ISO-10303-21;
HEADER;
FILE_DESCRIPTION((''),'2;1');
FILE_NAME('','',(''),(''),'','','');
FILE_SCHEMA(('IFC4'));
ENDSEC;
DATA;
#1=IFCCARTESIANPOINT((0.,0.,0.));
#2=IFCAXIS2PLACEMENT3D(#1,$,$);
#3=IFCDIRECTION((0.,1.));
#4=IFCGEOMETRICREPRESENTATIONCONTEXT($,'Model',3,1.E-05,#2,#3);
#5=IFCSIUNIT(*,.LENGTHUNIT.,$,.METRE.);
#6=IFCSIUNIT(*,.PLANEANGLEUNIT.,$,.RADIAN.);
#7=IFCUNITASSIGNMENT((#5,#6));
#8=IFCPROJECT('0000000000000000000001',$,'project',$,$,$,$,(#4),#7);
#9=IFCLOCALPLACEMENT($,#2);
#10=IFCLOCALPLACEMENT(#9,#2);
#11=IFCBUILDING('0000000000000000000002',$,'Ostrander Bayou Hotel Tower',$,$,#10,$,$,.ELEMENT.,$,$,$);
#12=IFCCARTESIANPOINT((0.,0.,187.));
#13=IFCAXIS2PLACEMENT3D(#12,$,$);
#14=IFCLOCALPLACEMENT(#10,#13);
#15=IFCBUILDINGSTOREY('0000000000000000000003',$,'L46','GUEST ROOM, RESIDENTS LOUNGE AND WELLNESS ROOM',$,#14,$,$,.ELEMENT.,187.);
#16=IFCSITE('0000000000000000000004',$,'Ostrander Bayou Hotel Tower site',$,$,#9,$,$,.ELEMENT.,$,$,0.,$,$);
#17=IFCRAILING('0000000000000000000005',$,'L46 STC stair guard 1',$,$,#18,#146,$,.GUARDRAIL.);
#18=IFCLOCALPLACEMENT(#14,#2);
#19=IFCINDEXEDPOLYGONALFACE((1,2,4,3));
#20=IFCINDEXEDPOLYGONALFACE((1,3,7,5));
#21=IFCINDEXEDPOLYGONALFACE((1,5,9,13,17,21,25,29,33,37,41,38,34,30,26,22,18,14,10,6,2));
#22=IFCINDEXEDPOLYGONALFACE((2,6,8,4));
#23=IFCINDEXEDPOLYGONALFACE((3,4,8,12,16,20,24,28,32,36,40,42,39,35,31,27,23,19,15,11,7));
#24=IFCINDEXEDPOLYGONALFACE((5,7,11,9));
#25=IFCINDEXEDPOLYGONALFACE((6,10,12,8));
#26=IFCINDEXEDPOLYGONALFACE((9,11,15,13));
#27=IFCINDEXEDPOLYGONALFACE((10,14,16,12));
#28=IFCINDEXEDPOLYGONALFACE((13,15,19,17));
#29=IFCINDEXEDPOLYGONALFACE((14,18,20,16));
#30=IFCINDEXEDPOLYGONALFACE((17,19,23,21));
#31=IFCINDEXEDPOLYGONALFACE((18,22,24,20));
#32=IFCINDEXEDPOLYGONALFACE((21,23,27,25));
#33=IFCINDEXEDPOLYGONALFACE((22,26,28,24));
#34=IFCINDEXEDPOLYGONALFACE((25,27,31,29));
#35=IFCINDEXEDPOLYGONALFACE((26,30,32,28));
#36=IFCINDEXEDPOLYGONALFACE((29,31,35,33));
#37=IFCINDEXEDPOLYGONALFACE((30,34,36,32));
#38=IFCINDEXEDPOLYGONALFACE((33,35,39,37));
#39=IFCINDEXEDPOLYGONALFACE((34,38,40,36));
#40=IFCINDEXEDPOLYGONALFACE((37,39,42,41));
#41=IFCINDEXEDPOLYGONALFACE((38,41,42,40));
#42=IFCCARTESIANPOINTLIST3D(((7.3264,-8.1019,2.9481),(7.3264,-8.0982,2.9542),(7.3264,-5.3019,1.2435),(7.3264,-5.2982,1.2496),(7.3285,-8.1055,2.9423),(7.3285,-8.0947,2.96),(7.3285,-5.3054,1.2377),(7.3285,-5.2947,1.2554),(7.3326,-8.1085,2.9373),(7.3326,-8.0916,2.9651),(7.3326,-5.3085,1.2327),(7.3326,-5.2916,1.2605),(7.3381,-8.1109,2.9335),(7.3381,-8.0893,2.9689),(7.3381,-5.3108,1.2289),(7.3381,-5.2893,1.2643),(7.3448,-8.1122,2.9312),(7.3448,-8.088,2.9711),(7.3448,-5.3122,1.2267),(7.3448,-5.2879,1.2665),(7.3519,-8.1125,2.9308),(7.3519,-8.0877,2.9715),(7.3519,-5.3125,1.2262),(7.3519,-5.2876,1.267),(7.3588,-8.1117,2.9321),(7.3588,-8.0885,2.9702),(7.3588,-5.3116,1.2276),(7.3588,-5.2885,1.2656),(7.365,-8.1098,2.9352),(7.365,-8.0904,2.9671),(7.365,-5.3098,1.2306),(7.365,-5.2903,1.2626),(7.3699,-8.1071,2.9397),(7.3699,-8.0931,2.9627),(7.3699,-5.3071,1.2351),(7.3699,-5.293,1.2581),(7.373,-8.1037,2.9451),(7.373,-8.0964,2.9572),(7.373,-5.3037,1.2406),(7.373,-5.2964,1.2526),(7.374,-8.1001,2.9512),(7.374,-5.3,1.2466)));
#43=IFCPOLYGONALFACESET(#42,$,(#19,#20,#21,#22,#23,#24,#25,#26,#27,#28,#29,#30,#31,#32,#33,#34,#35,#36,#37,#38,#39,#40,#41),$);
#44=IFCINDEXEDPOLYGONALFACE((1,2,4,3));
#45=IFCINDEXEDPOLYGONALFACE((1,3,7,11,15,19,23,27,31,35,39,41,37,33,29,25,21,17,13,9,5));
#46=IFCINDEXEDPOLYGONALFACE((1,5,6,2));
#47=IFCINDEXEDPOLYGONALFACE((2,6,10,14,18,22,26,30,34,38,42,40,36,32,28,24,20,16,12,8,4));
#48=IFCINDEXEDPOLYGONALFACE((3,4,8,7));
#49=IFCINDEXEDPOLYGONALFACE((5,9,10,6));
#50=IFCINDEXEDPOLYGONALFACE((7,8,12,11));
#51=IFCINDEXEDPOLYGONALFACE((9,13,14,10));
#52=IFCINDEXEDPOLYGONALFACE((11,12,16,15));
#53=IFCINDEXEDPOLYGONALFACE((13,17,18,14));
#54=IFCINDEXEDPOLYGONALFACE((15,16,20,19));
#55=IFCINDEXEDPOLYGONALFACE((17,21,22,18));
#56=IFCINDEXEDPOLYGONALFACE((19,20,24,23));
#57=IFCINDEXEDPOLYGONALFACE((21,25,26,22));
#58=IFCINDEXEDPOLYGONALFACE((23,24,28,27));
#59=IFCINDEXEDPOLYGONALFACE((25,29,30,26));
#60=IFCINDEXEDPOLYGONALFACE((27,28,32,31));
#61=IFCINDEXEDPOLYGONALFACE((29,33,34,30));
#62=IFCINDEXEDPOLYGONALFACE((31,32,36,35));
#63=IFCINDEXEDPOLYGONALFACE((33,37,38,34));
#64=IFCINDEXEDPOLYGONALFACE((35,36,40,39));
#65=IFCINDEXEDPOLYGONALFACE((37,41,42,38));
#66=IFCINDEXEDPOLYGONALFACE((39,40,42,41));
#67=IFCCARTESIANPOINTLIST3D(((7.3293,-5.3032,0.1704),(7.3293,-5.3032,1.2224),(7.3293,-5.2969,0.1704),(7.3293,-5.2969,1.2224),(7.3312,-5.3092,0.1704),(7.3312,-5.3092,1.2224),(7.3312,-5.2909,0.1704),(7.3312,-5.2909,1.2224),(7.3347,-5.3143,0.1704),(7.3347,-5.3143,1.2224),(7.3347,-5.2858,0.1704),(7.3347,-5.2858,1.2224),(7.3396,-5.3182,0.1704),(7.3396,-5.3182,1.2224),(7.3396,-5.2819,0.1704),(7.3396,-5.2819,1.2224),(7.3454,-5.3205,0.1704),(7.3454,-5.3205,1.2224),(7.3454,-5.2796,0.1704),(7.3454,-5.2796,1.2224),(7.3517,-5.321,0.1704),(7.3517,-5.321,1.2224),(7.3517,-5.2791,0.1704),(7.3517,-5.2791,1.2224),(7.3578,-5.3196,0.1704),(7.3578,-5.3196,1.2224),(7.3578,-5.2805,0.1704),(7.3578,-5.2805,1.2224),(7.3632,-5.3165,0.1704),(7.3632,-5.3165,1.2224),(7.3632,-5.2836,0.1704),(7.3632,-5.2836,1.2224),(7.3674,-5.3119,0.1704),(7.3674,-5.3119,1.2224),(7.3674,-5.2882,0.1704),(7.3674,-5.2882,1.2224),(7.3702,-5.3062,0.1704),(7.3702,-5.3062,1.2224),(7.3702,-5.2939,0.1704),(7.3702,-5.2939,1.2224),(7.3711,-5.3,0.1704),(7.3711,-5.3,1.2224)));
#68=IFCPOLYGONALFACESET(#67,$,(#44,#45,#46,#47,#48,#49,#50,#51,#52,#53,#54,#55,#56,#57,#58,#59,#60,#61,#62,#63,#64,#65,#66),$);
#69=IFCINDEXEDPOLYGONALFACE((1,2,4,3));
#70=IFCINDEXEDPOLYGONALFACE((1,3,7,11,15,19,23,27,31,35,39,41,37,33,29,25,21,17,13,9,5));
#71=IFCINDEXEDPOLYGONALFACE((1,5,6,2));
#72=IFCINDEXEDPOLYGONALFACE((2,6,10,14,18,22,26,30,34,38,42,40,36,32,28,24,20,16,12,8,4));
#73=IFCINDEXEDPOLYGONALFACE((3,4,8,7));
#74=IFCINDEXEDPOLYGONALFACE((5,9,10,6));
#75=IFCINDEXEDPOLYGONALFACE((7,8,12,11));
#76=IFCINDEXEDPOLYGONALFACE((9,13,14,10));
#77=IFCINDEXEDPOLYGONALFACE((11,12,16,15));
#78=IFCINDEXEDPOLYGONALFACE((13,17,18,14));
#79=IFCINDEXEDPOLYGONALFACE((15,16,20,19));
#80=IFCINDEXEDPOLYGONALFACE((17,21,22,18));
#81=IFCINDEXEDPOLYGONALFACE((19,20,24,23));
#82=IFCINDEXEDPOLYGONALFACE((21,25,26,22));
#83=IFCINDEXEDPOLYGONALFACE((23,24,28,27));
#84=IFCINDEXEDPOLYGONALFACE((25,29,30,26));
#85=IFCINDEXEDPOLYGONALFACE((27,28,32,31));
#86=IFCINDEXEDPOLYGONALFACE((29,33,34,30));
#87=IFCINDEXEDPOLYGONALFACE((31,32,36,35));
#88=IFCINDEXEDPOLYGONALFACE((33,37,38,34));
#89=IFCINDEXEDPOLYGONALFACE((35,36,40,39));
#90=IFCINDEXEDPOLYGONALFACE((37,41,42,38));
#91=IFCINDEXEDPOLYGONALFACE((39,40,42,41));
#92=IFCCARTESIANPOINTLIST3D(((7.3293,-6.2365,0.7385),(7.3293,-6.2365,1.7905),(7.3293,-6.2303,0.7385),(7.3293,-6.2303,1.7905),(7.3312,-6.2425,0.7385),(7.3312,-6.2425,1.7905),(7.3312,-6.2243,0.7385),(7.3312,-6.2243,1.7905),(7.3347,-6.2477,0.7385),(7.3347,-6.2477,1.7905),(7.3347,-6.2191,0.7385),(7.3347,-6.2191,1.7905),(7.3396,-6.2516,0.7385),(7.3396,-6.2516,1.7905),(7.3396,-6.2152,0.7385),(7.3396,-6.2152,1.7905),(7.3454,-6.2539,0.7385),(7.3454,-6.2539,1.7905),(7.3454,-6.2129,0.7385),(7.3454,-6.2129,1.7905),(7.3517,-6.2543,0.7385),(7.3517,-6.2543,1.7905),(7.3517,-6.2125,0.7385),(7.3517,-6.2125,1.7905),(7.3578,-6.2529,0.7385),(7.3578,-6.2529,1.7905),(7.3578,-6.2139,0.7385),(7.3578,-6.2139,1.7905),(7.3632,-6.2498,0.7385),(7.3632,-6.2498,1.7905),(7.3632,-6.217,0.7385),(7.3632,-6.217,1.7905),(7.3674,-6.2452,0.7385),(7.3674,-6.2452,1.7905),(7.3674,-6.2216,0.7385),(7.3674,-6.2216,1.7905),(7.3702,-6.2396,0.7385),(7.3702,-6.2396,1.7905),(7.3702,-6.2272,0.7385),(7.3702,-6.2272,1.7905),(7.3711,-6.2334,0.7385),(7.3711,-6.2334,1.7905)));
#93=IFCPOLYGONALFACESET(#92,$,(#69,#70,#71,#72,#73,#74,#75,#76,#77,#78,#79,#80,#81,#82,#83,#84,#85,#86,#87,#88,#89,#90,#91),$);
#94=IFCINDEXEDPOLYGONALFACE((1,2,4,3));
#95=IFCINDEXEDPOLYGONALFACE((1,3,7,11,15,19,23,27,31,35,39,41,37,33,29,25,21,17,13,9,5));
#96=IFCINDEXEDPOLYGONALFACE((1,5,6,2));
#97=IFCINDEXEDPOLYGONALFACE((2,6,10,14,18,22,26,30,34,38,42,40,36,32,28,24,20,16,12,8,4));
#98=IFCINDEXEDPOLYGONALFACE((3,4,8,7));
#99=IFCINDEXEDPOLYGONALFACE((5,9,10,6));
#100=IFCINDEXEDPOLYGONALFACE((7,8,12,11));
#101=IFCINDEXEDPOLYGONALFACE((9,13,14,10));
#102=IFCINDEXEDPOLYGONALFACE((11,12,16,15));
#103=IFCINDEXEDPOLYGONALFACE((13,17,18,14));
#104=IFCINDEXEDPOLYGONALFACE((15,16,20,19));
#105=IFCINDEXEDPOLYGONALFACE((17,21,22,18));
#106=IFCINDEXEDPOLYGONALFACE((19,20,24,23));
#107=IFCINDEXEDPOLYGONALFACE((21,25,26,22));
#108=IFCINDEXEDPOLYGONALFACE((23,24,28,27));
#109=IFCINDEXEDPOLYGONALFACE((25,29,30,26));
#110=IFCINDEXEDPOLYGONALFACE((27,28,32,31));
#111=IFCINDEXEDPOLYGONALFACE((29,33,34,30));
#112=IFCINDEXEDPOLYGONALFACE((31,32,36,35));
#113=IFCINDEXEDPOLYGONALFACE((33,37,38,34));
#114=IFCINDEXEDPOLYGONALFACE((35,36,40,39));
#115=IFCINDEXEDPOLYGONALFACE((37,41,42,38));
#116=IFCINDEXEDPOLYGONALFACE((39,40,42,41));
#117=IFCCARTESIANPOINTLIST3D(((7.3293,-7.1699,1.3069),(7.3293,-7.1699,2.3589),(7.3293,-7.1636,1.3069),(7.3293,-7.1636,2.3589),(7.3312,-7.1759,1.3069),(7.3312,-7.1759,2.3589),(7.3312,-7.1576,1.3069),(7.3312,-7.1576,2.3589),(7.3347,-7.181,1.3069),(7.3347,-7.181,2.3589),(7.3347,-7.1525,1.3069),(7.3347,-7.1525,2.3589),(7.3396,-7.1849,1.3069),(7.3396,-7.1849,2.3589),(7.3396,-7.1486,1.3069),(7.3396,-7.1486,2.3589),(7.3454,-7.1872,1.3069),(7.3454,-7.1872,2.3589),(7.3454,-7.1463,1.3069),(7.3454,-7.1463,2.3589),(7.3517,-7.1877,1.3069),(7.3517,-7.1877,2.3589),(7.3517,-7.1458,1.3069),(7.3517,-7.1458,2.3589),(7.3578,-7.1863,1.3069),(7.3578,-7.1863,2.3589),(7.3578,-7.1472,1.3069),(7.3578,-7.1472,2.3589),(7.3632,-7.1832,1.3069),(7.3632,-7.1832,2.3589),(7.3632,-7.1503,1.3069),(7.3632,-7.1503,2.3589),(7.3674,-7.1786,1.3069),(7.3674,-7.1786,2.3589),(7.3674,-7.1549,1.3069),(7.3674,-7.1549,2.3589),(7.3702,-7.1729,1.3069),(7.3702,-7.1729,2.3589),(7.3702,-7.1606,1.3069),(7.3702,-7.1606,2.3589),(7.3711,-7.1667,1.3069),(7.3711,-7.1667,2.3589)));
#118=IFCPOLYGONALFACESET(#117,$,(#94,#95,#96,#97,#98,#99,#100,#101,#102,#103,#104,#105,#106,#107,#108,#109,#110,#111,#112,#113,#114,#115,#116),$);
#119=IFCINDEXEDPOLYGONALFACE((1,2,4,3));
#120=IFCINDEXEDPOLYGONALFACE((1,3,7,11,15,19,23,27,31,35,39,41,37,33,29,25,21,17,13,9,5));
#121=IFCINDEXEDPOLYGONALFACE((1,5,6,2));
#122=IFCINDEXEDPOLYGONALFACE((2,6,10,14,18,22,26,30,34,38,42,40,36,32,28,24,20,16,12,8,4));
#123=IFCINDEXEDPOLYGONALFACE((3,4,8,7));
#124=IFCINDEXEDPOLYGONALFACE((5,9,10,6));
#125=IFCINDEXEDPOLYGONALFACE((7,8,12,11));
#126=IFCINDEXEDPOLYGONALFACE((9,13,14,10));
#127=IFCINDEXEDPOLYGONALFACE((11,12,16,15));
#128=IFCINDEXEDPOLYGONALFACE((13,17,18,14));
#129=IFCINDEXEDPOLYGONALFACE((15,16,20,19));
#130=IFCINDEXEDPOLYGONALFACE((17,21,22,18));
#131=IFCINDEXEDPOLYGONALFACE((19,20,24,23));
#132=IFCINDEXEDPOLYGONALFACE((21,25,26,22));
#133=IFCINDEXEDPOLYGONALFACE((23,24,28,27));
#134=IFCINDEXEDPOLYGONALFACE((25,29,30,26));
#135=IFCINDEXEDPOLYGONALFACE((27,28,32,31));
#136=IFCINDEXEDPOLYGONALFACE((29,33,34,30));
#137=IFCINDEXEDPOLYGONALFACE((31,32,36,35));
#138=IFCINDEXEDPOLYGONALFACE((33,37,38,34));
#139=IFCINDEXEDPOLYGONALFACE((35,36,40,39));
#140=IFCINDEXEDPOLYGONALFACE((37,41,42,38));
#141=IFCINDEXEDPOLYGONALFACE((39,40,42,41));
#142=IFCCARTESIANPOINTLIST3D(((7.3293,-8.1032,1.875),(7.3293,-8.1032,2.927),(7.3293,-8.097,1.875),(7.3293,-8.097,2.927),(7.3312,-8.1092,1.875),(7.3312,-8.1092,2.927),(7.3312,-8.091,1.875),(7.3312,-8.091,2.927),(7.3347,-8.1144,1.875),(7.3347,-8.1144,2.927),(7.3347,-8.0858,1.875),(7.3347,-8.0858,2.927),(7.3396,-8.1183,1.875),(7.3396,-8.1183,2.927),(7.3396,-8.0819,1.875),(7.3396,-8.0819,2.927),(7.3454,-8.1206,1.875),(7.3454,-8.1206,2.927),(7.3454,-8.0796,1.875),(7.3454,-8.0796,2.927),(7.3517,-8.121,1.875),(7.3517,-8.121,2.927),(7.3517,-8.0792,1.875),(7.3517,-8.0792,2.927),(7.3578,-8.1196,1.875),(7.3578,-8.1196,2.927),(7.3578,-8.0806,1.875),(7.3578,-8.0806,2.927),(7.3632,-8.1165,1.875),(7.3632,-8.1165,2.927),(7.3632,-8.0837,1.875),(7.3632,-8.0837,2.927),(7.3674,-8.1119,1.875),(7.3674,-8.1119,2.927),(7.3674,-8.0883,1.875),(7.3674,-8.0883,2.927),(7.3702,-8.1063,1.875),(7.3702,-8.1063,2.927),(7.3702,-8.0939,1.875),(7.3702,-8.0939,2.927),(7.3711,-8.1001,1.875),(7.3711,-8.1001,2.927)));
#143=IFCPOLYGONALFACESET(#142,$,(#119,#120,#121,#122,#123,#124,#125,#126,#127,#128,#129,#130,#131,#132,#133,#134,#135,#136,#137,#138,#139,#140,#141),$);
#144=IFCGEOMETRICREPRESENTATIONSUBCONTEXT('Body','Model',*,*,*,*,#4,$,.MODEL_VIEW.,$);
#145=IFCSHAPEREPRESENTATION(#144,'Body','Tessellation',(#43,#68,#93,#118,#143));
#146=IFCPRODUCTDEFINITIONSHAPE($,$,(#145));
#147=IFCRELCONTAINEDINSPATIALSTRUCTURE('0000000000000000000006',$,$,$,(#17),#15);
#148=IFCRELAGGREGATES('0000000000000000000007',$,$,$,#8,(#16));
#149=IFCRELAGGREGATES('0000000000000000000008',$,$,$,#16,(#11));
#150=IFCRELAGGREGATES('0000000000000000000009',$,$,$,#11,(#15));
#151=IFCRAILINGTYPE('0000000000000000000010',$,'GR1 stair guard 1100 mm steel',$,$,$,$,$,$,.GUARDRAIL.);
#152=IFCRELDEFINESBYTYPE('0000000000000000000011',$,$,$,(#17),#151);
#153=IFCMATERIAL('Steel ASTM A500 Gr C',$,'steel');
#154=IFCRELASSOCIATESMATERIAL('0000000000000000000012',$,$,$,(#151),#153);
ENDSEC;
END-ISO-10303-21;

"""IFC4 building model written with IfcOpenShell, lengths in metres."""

from ifc_helpers import new_model, si_unit, direction, frame, origin, origin_2d, place, context, subcontext, project, spatial, circle, extrude, material, type_object, element, save


model = new_model("IFC4")

# Units and contexts
model_context = context("Model", 3, precision=1e-05, world=origin(), true_north=direction((0.0, 1.0)))
body_context = subcontext(model_context, "Body", "Model", "MODEL_VIEW")
ifc_project = project(units=[si_unit("LENGTHUNIT", "METRE"), si_unit("PLANEANGLEUNIT", "RADIAN")], contexts=[model_context])

# Site, building, storey
site_placement = place(None, origin())
site = spatial("IfcSite", under=ifc_project, at=site_placement, Name="Ostrander Bayou Hotel Tower site", CompositionType="ELEMENT", RefElevation=0.0)
building_placement = place(site_placement, origin())
building = spatial("IfcBuilding", under=site, at=building_placement, Name="Ostrander Bayou Hotel Tower", CompositionType="ELEMENT")
storey_placement = place(building_placement, frame((0.0, 0.0, 187.0)))
storey = spatial("IfcBuildingStorey", under=building, at=storey_placement, Name="L46", Description="GUEST ROOM, RESIDENTS LOUNGE AND WELLNESS ROOM", CompositionType="ELEMENT", Elevation=187.0)

# Railing
ifc_material_1 = material(Name="Steel ASTM A500 Gr C", Category="steel")
railing_type_1 = type_object("IfcRailingType", Name="GR1 stair guard 1100 mm steel", PredefinedType="GUARDRAIL", material=ifc_material_1)
railing_1_placement = place(storey_placement, frame((7.3501, -5.3, 0.1704)))
element("IfcRailing", 1, at=railing_1_placement, inside=storey, type_object=railing_type_1, Name="L46 STC stair guard 1", PredefinedType="GUARDRAIL", context=body_context, shape_type="SweptSolid", body=[
    extrude(circle(Radius=0.0239, at=origin_2d()), frame((0.0, 0.0, 1.0762), z_axis=(0.0, -0.85417, 0.519994), x_axis=(1.0, 0.0, 0.0)), (0.0, 0.0, 1.0), 3.2781),
    extrude(circle(Radius=0.021, at=origin_2d()), origin(), (0.0, 0.0, 1.0), 1.052),
    extrude(circle(Radius=0.021, at=origin_2d()), frame((0.0, -0.9333, 0.5681)), (0.0, 0.0, 1.0), 1.052),
    extrude(circle(Radius=0.021, at=origin_2d()), frame((0.0, -1.8667, 1.1365)), (0.0, 0.0, 1.0), 1.052),
    extrude(circle(Radius=0.021, at=origin_2d()), frame((0.0, -2.8, 1.7046)), (0.0, 0.0, 1.0), 1.052),
])

save(model, "model.ifc")
